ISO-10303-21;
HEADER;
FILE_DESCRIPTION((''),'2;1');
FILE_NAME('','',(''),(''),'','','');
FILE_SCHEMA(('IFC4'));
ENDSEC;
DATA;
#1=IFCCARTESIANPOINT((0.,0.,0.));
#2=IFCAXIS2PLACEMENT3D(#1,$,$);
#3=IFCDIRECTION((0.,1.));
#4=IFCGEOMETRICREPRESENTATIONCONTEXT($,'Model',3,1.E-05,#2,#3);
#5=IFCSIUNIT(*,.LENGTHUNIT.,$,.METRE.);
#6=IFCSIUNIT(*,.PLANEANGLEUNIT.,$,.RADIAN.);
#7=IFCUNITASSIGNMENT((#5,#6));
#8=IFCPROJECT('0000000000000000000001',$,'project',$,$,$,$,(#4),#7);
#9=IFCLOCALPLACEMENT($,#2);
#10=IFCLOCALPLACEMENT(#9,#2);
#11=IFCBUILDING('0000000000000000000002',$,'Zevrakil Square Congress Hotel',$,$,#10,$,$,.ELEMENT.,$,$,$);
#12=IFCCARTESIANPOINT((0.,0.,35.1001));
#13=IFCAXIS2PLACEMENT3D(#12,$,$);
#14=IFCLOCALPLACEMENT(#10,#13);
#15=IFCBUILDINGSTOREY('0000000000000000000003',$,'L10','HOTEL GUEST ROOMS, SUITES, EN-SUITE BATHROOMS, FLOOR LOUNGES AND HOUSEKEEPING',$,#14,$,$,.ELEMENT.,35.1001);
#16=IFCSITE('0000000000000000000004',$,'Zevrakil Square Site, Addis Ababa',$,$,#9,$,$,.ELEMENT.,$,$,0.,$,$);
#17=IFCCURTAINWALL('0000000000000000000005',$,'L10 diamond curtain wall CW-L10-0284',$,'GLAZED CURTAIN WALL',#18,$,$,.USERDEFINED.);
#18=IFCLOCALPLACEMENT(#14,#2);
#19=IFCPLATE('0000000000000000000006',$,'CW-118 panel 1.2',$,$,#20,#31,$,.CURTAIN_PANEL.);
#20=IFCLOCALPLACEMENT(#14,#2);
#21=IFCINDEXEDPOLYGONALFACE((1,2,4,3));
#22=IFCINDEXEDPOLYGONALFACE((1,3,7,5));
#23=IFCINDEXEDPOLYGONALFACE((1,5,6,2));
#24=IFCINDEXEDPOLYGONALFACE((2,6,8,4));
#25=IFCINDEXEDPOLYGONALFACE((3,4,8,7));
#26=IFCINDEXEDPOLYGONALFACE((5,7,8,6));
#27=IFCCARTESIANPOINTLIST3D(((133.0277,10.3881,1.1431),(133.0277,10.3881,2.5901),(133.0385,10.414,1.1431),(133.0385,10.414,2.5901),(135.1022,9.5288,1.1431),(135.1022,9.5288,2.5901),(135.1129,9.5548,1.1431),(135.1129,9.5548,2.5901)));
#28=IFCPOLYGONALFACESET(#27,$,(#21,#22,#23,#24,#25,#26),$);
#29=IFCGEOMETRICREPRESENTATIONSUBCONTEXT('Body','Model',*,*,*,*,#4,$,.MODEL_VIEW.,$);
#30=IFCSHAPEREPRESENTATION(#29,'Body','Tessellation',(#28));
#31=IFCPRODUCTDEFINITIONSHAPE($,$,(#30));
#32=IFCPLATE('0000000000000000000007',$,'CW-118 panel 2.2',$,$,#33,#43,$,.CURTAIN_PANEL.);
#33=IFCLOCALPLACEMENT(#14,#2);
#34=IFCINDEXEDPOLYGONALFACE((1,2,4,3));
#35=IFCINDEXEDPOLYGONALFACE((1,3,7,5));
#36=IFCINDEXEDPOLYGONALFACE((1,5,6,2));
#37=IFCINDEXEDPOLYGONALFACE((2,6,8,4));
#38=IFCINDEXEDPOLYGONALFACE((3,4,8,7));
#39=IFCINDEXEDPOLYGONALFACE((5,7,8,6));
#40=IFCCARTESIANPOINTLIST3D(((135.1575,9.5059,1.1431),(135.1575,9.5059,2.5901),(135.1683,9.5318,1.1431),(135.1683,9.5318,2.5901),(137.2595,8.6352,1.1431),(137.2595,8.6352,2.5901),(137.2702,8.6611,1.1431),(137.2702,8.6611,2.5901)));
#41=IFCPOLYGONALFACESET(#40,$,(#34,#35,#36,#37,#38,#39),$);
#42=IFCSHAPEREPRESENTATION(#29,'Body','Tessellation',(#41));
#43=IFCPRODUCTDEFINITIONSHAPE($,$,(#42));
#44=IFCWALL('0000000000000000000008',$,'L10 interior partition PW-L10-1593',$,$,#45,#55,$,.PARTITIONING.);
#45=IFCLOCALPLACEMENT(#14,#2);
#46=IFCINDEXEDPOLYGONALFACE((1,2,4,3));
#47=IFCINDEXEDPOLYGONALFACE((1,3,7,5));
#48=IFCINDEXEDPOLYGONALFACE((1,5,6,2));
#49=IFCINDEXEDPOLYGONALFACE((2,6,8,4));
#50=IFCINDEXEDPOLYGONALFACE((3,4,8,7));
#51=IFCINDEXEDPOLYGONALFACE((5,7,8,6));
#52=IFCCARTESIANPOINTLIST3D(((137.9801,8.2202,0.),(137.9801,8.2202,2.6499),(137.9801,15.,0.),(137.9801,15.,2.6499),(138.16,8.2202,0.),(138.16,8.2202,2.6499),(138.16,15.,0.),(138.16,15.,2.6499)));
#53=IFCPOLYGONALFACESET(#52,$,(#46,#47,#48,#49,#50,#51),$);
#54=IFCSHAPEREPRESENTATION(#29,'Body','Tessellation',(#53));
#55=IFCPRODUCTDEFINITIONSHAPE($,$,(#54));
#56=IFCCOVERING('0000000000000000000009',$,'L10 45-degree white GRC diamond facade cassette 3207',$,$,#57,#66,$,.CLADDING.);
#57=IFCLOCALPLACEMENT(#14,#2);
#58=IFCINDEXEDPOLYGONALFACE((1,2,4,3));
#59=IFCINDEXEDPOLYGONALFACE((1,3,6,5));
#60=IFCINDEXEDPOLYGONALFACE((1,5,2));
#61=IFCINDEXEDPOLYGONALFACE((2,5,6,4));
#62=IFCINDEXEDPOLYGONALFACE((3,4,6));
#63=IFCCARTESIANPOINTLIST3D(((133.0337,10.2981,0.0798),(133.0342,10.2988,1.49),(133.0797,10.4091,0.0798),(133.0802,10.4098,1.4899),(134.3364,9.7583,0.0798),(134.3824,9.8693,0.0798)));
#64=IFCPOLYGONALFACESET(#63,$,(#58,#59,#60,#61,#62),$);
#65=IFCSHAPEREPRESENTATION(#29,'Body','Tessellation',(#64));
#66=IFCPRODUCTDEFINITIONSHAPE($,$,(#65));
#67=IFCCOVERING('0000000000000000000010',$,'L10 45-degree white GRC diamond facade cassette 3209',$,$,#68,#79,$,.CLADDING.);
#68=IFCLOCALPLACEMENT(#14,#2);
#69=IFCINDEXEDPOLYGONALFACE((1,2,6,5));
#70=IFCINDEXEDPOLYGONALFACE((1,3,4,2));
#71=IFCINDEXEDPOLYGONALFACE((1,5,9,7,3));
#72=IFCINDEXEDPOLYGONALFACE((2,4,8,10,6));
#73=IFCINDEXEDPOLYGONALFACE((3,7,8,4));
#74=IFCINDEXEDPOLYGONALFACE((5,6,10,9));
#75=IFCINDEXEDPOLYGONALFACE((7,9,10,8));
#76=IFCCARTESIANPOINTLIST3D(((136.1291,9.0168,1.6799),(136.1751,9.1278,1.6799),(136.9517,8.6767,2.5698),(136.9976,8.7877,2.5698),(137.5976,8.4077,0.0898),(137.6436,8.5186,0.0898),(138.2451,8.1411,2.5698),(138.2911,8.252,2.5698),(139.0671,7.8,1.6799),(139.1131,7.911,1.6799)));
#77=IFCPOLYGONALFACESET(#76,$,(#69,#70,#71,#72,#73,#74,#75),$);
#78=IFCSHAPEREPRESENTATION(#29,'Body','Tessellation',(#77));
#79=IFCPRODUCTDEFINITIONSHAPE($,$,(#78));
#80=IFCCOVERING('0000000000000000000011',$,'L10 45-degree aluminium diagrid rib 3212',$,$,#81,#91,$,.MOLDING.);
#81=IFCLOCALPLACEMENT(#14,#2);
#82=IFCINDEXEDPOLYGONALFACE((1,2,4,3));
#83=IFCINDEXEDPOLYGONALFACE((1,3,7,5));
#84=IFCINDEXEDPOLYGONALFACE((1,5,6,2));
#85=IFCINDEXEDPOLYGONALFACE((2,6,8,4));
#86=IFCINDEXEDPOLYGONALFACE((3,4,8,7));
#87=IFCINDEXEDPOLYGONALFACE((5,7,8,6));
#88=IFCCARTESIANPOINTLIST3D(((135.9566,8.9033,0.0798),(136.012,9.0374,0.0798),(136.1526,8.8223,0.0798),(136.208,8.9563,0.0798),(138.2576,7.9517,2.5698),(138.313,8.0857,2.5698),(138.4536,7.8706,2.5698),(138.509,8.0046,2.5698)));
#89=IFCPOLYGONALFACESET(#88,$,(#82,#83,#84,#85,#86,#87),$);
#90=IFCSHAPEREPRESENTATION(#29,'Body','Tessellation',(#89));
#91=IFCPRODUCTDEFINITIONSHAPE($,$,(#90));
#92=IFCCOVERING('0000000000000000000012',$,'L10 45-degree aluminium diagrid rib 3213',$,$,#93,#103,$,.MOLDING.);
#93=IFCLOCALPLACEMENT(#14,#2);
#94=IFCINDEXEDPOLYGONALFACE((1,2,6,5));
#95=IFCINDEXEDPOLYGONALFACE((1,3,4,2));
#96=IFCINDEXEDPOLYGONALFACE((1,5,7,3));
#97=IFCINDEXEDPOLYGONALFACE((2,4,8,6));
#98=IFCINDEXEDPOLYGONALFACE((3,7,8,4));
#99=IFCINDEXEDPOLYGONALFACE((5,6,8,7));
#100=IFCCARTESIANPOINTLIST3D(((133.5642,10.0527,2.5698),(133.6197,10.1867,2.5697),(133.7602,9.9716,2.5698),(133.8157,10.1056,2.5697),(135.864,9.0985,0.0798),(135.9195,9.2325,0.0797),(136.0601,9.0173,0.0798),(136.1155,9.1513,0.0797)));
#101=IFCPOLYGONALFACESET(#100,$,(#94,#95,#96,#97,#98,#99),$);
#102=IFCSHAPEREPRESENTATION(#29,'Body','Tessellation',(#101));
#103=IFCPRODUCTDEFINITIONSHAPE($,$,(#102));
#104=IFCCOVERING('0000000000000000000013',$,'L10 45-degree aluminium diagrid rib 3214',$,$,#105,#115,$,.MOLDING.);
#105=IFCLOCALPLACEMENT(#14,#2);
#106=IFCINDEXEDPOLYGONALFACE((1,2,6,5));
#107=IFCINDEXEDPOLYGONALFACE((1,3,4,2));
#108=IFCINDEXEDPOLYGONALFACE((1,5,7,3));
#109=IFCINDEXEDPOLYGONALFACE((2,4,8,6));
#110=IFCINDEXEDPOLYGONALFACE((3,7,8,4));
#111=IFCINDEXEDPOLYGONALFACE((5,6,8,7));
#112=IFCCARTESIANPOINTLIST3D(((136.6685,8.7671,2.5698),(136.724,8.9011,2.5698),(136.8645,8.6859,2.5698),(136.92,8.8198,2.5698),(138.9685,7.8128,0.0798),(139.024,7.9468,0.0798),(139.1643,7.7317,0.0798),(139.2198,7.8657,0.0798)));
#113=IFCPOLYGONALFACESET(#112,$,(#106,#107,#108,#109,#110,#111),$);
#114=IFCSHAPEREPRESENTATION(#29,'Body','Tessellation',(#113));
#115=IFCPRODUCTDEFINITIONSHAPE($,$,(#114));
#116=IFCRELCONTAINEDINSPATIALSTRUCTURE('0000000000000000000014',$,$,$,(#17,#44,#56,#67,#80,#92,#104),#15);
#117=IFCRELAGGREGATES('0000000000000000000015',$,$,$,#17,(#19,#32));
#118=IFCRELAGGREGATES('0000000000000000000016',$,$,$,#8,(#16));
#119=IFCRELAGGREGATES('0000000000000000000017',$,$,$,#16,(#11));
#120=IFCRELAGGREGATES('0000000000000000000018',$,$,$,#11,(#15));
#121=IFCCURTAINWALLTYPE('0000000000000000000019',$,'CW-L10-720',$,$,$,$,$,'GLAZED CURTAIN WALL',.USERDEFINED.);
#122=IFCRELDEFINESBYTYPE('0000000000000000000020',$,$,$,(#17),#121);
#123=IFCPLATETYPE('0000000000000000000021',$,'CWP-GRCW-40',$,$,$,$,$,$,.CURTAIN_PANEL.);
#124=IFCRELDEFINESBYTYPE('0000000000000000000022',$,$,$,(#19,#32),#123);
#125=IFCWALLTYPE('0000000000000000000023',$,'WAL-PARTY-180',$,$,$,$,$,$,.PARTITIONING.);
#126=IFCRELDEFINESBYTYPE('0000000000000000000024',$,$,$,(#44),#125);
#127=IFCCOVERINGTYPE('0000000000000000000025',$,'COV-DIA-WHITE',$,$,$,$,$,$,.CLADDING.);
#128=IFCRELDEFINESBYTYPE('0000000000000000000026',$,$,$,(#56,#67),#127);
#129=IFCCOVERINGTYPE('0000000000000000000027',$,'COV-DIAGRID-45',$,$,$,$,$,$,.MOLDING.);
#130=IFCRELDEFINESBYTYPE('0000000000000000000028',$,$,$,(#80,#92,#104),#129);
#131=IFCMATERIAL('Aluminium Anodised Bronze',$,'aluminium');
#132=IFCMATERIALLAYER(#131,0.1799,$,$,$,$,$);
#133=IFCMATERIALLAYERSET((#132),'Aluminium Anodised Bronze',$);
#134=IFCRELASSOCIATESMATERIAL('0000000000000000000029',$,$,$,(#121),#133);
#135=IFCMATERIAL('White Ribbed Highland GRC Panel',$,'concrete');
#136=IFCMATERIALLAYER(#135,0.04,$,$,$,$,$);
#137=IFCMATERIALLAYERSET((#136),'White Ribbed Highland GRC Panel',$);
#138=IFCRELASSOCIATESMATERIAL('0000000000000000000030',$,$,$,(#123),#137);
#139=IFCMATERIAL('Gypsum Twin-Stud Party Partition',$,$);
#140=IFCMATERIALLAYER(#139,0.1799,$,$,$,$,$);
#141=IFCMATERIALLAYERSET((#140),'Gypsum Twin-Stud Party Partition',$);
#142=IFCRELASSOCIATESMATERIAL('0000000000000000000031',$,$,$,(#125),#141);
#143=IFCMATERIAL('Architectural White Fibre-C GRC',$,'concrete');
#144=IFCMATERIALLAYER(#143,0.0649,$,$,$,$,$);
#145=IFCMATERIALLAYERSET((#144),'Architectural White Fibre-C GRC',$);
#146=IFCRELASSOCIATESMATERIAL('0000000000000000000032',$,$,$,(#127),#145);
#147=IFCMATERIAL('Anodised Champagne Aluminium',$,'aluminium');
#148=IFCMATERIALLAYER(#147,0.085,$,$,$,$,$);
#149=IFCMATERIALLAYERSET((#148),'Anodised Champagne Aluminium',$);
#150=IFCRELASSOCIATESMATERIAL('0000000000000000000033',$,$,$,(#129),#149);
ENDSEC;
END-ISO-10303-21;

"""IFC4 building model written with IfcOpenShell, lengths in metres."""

from ifc_helpers import new_model, si_unit, direction, frame, frame_2d, origin, origin_2d, place, context, subcontext, project, spatial, polyline, rectangle, outline, extrude, material, layer, layer_set, type_object, element, aggregate, save


model = new_model("IFC4")

# Units and contexts
model_context = context("Model", 3, precision=1e-05, world=origin(), true_north=direction((0.0, 1.0)))
body_context = subcontext(model_context, "Body", "Model", "MODEL_VIEW")
ifc_project = project(units=[si_unit("LENGTHUNIT", "METRE"), si_unit("PLANEANGLEUNIT", "RADIAN")], contexts=[model_context])

# Site, building, storey
site_placement = place(None, origin())
site = spatial("IfcSite", under=ifc_project, at=site_placement, Name="Zevrakil Square Site, Addis Ababa", CompositionType="ELEMENT", RefElevation=0.0)
building_placement = place(site_placement, origin())
building = spatial("IfcBuilding", under=site, at=building_placement, Name="Zevrakil Square Congress Hotel", CompositionType="ELEMENT")
storey_placement = place(building_placement, frame((0.0, 0.0, 35.1001)))
storey = spatial("IfcBuildingStorey", under=building, at=storey_placement, Name="L10", Description="HOTEL GUEST ROOMS, SUITES, EN-SUITE BATHROOMS, FLOOR LOUNGES AND HOUSEKEEPING", CompositionType="ELEMENT", Elevation=35.1001)

# Curtain wall
ifc_material_1 = material(Name="Aluminium Anodised Bronze", Category="aluminium")
ifc_layer_1 = layer(ifc_material_1, 0.1799)
ifc_layer_set_1 = layer_set([ifc_layer_1], Name="Aluminium Anodised Bronze")
curtain_wall_type = type_object("IfcCurtainWallType", Name="CW-L10-720", ElementType="GLAZED CURTAIN WALL", PredefinedType="USERDEFINED", material=ifc_layer_set_1)
curtain_wall_placement = place(storey_placement, origin())
curtain_wall = element("IfcCurtainWall", 1, at=curtain_wall_placement, inside=storey, type_object=curtain_wall_type, Name="L10 diamond curtain wall CW-L10-0284", ObjectType="GLAZED CURTAIN WALL", PredefinedType="USERDEFINED")

# Plates
ifc_material_2 = material(Name="White Ribbed Highland GRC Panel", Category="concrete")
ifc_layer_2 = layer(ifc_material_2, 0.04)
ifc_layer_set_2 = layer_set([ifc_layer_2], Name="White Ribbed Highland GRC Panel")
plate_type_1 = type_object("IfcPlateType", Name="CWP-GRCW-40", PredefinedType="CURTAIN_PANEL", material=ifc_layer_set_2)
plate_1_placement = place(storey_placement, frame((134.0703, 9.9714, 1.1431), z_axis=(0.0, 0.0, 1.0), x_axis=(0.923879, -0.382684, 0.0)))
plate_1 = element("IfcPlate", 2, at=plate_1_placement, type_object=plate_type_1, Name="CW-118 panel 1.2", PredefinedType="CURTAIN_PANEL", context=body_context, shape_type="SweptSolid", body=[
    extrude(rectangle(XDim=2.2454, YDim=0.0281, at=origin_2d()), origin(), (0.0, 0.0, 1.0), 1.447),
])
plate_2_placement = place(storey_placement, frame((136.2139, 9.0835, 1.1431), z_axis=(0.0, 0.0, 1.0), x_axis=(0.923879, -0.382684, 0.0)))
plate_2 = element("IfcPlate", 3, at=plate_2_placement, type_object=plate_type_1, Name="CW-118 panel 2.2", PredefinedType="CURTAIN_PANEL", context=body_context, shape_type="SweptSolid", body=[
    extrude(rectangle(XDim=2.2751, YDim=0.0281, at=origin_2d()), origin(), (0.0, 0.0, 1.0), 1.447),
])
aggregate(curtain_wall, [plate_1, plate_2])

# Wall
ifc_material_3 = material(Name="Gypsum Twin-Stud Party Partition")
ifc_layer_3 = layer(ifc_material_3, 0.1799)
ifc_layer_set_3 = layer_set([ifc_layer_3], Name="Gypsum Twin-Stud Party Partition")
wall_type = type_object("IfcWallType", Name="WAL-PARTY-180", PredefinedType="PARTITIONING", material=ifc_layer_set_3)
wall_placement = place(storey_placement, frame((138.0701, 8.2202, 0.0), z_axis=(0.0, 0.0, 1.0), x_axis=(0.0, 1.0, 0.0)))
element("IfcWall", 4, at=wall_placement, inside=storey, type_object=wall_type, Name="L10 interior partition PW-L10-1593", PredefinedType="PARTITIONING", context=body_context, shape_type="SweptSolid", body=[
    extrude(rectangle(XDim=6.7798, YDim=0.1799, at=frame_2d((3.3899, 0.0))), origin(), (0.0, 0.0, 1.0), 2.6499),
])

# Coverings
ifc_material_4 = material(Name="Architectural White Fibre-C GRC", Category="concrete")
ifc_layer_4 = layer(ifc_material_4, 0.0649)
ifc_layer_set_4 = layer_set([ifc_layer_4], Name="Architectural White Fibre-C GRC")
covering_type_1 = type_object("IfcCoveringType", Name="COV-DIA-WHITE", PredefinedType="CLADDING", material=ifc_layer_set_4)
covering_1_placement = place(storey_placement, frame((134.3364, 9.7583, 0.0798), z_axis=(-0.382795, -0.923833, 0.000612), x_axis=(-0.923833, 0.382795, 0.0)))
element("IfcCovering", 5, at=covering_1_placement, inside=storey, type_object=covering_type_1, Name="L10 45-degree white GRC diamond facade cassette 3207", PredefinedType="CLADDING", context=body_context, shape_type="SweptSolid", body=[
    extrude(outline(polyline([(0.0, 0.0), (1.4101, 0.0), (1.41, -1.4102), (0.0, 0.0)])), origin(), (0.0, 0.0, -1.0), 0.1201),
])
covering_2_placement = place(storey_placement, frame((139.0671, 7.8, 1.6799), z_axis=(-0.382637, -0.923899, 0.000574), x_axis=(-0.653467, 0.270197, -0.707089)))
element("IfcCovering", 6, at=covering_2_placement, inside=storey, type_object=covering_type_1, Name="L10 45-degree white GRC diamond facade cassette 3209", PredefinedType="CLADDING", context=body_context, shape_type="SweptSolid", body=[
    extrude(outline(polyline([(0.0, 0.0), (2.2488, 0.0), (2.2487, -2.2485), (0.99, -2.2485), (0.0001, -1.2586), (0.0, 0.0)])), origin(), (0.0, 0.0, -1.0), 0.1201),
])
ifc_material_5 = material(Name="Anodised Champagne Aluminium", Category="aluminium")
ifc_layer_5 = layer(ifc_material_5, 0.085)
ifc_layer_set_5 = layer_set([ifc_layer_5], Name="Anodised Champagne Aluminium")
covering_type_2 = type_object("IfcCoveringType", Name="COV-DIAGRID-45", PredefinedType="MOLDING", material=ifc_layer_set_5)
covering_3_placement = place(storey_placement, frame((136.208, 8.9563, 0.0798), z_axis=(0.382081, 0.924129, 0.000112), x_axis=(-0.924129, 0.382081, 0.0)))
element("IfcCovering", 7, at=covering_3_placement, inside=storey, type_object=covering_type_2, Name="L10 45-degree aluminium diagrid rib 3212", PredefinedType="MOLDING", context=body_context, shape_type="SweptSolid", body=[
    extrude(outline(polyline([(0.0, 0.0), (0.2121, 0.0), (-2.2779, 2.49), (-2.4901, 2.49), (0.0, 0.0)])), origin(), (0.0, 0.0, -1.0), 0.145),
])
covering_4_placement = place(storey_placement, frame((133.5642, 10.0527, 2.5698), z_axis=(-0.382572, -0.923925, 0.000719), x_axis=(0.923926, -0.382572, 0.0)))
element("IfcCovering", 8, at=covering_4_placement, inside=storey, type_object=covering_type_2, Name="L10 45-degree aluminium diagrid rib 3213", PredefinedType="MOLDING", context=body_context, shape_type="SweptSolid", body=[
    extrude(outline(polyline([(0.0, 0.0), (0.2121, 0.0), (2.7021, -2.49), (2.4899, -2.49), (0.0, 0.0)])), origin(), (0.0, 0.0, -1.0), 0.145),
])
covering_5_placement = place(storey_placement, frame((136.6685, 8.7671, 2.5698), z_axis=(-0.382775, -0.923841, 0.00048), x_axis=(0.923841, -0.382775, 0.0)))
element("IfcCovering", 9, at=covering_5_placement, inside=storey, type_object=covering_type_2, Name="L10 45-degree aluminium diagrid rib 3214", PredefinedType="MOLDING", context=body_context, shape_type="SweptSolid", body=[
    extrude(outline(polyline([(0.0, 0.0), (0.2122, 0.0), (2.7021, -2.49), (2.4902, -2.49), (0.0, 0.0)])), origin(), (0.0, 0.0, -1.0), 0.145),
])

save(model, "model.ifc")
